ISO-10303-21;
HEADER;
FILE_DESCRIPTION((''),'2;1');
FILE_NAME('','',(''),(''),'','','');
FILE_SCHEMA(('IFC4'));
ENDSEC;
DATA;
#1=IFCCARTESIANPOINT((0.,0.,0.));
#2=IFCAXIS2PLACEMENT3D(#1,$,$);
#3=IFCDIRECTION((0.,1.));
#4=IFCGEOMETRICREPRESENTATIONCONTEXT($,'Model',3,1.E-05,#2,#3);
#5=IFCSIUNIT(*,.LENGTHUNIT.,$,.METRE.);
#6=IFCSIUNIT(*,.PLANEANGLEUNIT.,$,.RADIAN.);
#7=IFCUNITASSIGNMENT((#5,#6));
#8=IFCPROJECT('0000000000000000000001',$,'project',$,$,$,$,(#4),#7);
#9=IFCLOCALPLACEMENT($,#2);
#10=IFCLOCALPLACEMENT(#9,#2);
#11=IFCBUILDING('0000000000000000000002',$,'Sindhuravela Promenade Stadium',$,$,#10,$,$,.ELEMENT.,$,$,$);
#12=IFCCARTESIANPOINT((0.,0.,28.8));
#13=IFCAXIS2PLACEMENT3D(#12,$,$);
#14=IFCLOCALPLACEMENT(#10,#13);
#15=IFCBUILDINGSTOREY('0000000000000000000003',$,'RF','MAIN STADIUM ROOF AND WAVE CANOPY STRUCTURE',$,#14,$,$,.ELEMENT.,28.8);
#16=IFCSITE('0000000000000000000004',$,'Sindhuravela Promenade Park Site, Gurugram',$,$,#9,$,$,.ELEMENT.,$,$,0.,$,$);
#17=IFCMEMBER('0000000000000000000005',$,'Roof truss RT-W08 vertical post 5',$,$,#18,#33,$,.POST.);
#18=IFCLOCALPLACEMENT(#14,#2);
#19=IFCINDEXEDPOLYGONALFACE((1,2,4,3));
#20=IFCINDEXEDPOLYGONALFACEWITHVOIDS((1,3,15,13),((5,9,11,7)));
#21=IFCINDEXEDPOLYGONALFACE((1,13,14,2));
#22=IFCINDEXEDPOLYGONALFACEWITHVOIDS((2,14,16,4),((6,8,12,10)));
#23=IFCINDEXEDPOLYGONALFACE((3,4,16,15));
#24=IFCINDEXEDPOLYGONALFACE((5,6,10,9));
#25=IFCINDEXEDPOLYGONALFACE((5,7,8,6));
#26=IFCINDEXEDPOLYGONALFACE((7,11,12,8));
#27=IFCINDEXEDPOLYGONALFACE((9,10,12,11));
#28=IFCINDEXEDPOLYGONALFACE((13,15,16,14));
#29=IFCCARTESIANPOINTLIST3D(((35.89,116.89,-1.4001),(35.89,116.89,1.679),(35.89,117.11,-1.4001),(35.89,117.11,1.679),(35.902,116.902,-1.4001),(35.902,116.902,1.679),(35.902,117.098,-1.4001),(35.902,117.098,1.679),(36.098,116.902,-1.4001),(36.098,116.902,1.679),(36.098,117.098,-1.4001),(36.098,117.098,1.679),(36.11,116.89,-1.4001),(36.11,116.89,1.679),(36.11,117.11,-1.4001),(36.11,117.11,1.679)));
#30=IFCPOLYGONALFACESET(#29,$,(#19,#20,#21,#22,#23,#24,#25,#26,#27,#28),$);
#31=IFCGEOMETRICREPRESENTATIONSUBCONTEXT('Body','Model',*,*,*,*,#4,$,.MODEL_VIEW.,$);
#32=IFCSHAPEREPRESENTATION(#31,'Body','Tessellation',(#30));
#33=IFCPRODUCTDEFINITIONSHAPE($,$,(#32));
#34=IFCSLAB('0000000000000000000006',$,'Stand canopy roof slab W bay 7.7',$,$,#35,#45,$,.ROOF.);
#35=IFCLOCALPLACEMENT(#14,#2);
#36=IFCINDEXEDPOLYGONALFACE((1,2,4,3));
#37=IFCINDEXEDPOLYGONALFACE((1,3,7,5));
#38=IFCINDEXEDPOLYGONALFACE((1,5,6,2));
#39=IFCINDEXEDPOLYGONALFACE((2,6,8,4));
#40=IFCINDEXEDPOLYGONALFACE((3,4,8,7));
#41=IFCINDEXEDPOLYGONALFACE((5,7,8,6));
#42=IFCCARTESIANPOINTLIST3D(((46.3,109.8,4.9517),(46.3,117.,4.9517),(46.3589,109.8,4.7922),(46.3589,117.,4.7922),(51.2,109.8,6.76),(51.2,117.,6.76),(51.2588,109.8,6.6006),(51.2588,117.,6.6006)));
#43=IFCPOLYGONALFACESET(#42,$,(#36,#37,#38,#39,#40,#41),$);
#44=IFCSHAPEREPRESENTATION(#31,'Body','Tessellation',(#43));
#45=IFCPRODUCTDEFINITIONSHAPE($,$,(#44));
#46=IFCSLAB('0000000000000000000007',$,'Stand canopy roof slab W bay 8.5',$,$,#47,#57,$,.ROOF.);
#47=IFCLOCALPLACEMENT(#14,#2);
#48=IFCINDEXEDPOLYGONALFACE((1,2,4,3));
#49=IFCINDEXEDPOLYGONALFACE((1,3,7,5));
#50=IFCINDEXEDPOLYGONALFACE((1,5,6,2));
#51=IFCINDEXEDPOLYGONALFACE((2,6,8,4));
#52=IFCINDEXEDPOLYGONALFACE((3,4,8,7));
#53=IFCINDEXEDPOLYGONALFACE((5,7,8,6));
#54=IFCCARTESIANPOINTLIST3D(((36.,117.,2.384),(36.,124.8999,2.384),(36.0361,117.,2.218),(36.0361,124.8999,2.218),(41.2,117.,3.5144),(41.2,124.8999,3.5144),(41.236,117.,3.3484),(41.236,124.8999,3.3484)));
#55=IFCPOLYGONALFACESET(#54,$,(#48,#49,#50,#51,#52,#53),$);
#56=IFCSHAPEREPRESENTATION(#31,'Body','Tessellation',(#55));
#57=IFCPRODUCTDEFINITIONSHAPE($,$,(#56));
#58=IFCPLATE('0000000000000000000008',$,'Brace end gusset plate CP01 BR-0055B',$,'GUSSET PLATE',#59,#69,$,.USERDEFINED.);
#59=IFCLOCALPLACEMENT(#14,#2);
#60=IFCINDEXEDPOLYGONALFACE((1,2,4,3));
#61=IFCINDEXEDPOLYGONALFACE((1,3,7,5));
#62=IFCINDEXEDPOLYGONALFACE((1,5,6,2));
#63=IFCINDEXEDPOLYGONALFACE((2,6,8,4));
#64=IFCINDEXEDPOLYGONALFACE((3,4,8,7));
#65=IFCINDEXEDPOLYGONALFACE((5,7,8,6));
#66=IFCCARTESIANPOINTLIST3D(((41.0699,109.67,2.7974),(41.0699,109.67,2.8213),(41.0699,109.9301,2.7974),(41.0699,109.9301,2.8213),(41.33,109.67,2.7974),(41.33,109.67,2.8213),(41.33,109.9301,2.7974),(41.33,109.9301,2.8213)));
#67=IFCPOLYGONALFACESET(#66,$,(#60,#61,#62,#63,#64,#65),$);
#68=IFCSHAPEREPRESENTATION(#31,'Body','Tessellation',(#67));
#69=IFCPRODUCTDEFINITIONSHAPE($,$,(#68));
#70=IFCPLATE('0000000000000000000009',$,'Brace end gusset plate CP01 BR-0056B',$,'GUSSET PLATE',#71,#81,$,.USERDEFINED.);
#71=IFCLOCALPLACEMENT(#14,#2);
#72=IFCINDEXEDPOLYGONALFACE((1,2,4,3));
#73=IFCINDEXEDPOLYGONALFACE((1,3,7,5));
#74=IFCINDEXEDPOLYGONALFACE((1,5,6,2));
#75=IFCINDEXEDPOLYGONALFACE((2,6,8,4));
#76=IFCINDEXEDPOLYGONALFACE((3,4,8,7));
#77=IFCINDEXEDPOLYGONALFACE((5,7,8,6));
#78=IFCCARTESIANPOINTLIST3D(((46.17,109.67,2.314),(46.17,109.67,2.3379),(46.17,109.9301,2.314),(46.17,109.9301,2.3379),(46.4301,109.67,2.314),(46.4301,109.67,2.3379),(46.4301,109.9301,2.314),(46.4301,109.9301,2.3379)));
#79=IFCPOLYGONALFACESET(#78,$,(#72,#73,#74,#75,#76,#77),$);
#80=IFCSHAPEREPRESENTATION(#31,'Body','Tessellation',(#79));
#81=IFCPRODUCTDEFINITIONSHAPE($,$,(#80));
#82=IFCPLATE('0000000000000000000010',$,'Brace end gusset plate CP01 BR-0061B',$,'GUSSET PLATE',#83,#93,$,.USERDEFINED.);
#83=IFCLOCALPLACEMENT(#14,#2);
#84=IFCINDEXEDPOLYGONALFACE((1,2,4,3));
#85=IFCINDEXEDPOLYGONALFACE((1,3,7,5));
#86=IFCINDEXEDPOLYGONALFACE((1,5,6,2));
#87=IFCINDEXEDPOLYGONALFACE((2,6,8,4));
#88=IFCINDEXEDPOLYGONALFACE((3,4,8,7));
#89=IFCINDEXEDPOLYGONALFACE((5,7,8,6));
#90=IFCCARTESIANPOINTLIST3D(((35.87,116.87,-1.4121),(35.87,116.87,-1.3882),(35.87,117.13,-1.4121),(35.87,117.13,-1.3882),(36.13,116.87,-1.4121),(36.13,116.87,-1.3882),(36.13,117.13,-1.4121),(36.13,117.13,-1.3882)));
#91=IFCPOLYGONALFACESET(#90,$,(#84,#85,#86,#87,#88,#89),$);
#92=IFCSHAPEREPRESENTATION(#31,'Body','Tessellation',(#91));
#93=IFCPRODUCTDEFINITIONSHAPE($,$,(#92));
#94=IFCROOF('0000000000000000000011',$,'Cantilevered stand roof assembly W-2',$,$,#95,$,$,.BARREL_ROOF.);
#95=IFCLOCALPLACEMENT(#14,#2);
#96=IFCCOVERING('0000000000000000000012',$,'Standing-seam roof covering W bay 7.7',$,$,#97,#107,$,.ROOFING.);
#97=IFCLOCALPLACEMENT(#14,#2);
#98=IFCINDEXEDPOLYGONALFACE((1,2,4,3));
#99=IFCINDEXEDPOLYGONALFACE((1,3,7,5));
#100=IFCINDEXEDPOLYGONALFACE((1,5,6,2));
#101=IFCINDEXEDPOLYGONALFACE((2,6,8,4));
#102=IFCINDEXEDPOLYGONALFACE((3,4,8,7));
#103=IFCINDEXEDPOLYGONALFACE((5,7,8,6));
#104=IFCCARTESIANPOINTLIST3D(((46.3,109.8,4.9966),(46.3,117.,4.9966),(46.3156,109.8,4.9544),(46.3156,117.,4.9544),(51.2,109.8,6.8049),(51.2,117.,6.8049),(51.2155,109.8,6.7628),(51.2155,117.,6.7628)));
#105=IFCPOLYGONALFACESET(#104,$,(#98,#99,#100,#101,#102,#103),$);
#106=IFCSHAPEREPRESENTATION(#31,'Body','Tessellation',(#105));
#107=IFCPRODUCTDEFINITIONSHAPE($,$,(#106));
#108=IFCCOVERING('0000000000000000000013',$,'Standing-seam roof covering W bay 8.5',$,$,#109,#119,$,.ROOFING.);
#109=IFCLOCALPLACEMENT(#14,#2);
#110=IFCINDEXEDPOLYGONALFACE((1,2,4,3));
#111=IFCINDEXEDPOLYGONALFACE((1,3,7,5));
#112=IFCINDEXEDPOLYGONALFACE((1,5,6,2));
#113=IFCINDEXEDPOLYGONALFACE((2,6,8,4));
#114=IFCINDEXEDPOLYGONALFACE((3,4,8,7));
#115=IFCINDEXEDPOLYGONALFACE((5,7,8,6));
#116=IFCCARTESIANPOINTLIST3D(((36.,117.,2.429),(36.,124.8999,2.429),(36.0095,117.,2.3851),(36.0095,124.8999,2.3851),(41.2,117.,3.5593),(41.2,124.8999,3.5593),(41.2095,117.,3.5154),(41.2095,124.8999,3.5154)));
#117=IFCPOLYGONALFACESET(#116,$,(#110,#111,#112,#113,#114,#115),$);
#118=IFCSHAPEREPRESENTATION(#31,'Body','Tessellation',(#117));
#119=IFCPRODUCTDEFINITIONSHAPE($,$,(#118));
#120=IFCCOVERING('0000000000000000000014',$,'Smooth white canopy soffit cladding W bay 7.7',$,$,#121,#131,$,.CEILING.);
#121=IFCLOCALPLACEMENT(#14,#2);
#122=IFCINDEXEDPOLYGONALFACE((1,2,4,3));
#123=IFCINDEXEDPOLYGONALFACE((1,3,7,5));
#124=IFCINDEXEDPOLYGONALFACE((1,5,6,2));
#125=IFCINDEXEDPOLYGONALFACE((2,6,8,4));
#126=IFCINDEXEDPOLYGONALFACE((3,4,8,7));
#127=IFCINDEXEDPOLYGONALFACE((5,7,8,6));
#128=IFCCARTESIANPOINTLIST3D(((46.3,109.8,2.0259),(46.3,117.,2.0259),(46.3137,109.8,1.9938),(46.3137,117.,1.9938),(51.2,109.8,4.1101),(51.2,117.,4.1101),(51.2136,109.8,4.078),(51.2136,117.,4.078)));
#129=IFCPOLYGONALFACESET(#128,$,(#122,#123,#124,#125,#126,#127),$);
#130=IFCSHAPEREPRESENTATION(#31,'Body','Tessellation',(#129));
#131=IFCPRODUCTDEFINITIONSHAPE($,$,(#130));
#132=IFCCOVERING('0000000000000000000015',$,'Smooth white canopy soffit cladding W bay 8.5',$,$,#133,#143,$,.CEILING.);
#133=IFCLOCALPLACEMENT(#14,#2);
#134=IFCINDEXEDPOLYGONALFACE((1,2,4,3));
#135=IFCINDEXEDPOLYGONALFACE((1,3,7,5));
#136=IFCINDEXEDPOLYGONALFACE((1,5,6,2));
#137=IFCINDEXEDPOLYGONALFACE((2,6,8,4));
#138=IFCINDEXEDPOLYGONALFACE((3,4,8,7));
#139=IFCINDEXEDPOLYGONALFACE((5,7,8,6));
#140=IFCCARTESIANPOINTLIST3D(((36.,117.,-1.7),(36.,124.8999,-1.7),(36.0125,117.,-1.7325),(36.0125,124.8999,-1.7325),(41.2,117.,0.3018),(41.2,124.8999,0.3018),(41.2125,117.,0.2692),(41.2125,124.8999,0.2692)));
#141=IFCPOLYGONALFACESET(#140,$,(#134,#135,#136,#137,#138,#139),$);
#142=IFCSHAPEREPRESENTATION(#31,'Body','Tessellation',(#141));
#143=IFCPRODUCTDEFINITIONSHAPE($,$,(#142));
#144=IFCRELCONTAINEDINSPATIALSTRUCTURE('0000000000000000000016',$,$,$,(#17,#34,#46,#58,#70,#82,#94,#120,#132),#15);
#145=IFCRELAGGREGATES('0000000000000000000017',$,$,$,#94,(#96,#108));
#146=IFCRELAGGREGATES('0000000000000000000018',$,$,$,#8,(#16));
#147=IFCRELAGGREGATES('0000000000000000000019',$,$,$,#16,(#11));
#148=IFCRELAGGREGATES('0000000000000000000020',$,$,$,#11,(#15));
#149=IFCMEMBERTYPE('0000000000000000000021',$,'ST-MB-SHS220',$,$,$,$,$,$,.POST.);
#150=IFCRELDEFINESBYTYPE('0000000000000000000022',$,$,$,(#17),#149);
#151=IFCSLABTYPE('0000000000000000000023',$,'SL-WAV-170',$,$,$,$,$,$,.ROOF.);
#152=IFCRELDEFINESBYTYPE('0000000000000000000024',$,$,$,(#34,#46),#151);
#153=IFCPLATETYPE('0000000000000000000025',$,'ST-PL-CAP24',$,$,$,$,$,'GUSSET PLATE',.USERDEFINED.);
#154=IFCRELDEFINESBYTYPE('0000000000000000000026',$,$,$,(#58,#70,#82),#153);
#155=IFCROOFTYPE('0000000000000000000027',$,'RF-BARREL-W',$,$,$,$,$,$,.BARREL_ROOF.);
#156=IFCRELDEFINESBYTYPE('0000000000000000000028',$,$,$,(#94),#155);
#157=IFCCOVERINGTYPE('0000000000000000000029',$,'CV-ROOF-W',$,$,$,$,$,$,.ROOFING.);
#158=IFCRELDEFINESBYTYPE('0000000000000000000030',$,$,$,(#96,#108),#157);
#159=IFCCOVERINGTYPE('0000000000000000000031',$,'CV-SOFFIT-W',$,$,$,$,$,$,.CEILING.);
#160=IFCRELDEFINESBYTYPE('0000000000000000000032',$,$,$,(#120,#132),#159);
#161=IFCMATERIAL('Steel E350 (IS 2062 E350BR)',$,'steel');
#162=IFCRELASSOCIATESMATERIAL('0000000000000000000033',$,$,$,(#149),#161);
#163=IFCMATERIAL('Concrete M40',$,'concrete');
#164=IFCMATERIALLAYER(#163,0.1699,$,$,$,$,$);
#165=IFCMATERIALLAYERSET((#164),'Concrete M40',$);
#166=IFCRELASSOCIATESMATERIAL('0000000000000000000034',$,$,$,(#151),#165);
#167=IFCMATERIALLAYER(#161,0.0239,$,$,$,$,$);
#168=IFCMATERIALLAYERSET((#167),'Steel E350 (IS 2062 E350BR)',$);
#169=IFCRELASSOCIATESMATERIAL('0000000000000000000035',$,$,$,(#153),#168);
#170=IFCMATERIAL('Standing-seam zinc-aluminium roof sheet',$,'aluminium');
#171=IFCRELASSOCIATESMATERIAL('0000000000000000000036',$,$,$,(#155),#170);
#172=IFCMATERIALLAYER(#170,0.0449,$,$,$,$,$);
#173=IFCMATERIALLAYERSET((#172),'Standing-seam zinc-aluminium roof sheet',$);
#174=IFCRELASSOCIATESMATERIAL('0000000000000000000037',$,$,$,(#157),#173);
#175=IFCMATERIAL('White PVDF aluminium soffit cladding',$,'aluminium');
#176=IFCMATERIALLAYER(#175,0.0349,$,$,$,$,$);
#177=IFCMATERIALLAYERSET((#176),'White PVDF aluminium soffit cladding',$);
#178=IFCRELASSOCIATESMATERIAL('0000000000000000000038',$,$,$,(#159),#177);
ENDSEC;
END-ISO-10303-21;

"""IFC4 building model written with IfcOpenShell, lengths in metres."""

from ifc_helpers import new_model, si_unit, direction, frame, origin, origin_2d, place, context, subcontext, project, spatial, polyline, rectangle, hollow_rectangle, outline, extrude, material, layer, layer_set, material_profile, profile_set, type_object, element, aggregate, save


model = new_model("IFC4")

# Units and contexts
model_context = context("Model", 3, precision=1e-05, world=origin(), true_north=direction((0.0, 1.0)))
body_context = subcontext(model_context, "Body", "Model", "MODEL_VIEW")
ifc_project = project(units=[si_unit("LENGTHUNIT", "METRE"), si_unit("PLANEANGLEUNIT", "RADIAN")], contexts=[model_context])

# Site, building, storey
site_placement = place(None, origin())
site = spatial("IfcSite", under=ifc_project, at=site_placement, Name="Sindhuravela Promenade Park Site, Gurugram", CompositionType="ELEMENT", RefElevation=0.0)
building_placement = place(site_placement, origin())
building = spatial("IfcBuilding", under=site, at=building_placement, Name="Sindhuravela Promenade Stadium", CompositionType="ELEMENT")
storey_placement = place(building_placement, frame((0.0, 0.0, 28.8)))
storey = spatial("IfcBuildingStorey", under=building, at=storey_placement, Name="RF", Description="MAIN STADIUM ROOF AND WAVE CANOPY STRUCTURE", CompositionType="ELEMENT", Elevation=28.8)

# Shared definitions
ifc_material_1 = material(Name="Concrete M40", Category="concrete")
ifc_material_2 = material(Name="Steel E350 (IS 2062 E350BR)", Category="steel")

# Member
ifc_material_profile_1 = material_profile(ifc_material_2, hollow_rectangle(XDim=0.22, YDim=0.22, WallThickness=0.012, at=origin_2d()), Name="SHS 220x220x12")
ifc_profile_set_1 = profile_set([ifc_material_profile_1], Name="Steel E350 (IS 2062 E350BR)")
member_type_1 = type_object("IfcMemberType", Name="ST-MB-SHS220", PredefinedType="POST", material=ifc_profile_set_1)
member_1_placement = place(storey_placement, frame((36.0, 117.0, -1.4001), z_axis=(0.0, 0.0, 1.0), x_axis=(1.0, 0.0, 0.0)))
element("IfcMember", 1, at=member_1_placement, inside=storey, type_object=member_type_1, Name="Roof truss RT-W08 vertical post 5", PredefinedType="POST", context=body_context, shape_type="SweptSolid", body=[
    extrude(hollow_rectangle(XDim=0.22, YDim=0.22, WallThickness=0.012, at=origin_2d()), origin(), (0.0, 0.0, 1.0), 3.0791),
])

# Slabs
ifc_layer_1 = layer(ifc_material_1, 0.1699)
ifc_layer_set_1 = layer_set([ifc_layer_1], Name="Concrete M40")
slab_type = type_object("IfcSlabType", Name="SL-WAV-170", PredefinedType="ROOF", material=ifc_layer_set_1)
slab_1_placement = place(storey_placement, frame((46.3, 109.8, 4.9517), z_axis=(-0.346232, 0.0, 0.938149), x_axis=(0.0, 1.0, 0.0)))
element("IfcSlab", 2, at=slab_1_placement, inside=storey, type_object=slab_type, Name="Stand canopy roof slab W bay 7.7", PredefinedType="ROOF", context=body_context, shape_type="SweptSolid", body=[
    extrude(outline(polyline([(0.0, 0.0), (0.0, -5.2229), (7.2, -5.2229), (7.2, 0.0), (0.0, 0.0)])), origin(), (0.0, 0.0, -1.0), 0.1699),
])
slab_2_placement = place(storey_placement, frame((36.0, 117.0, 2.384), z_axis=(-0.21242, 0.0, 0.977178), x_axis=(0.0, 1.0, 0.0)))
element("IfcSlab", 3, at=slab_2_placement, inside=storey, type_object=slab_type, Name="Stand canopy roof slab W bay 8.5", PredefinedType="ROOF", context=body_context, shape_type="SweptSolid", body=[
    extrude(outline(polyline([(0.0, 0.0), (0.0, -5.3214), (7.8999, -5.3214), (7.8999, 0.0), (0.0, 0.0)])), origin(), (0.0, 0.0, -1.0), 0.1699),
])

# Plates
ifc_layer_2 = layer(ifc_material_2, 0.0239)
ifc_layer_set_2 = layer_set([ifc_layer_2], Name="Steel E350 (IS 2062 E350BR)")
plate_type = type_object("IfcPlateType", Name="ST-PL-CAP24", ElementType="GUSSET PLATE", PredefinedType="USERDEFINED", material=ifc_layer_set_2)
for number, where, z_axis, x_axis, name in (
    (4, (41.2, 109.8, 2.7974), (0.0, 0.0, 1.0), (1.0, 0.0, 0.0), "Brace end gusset plate CP01 BR-0055B"),
    (5, (46.3, 109.8, 2.314), (0.0, 0.0, 1.0), (1.0, 0.0, 0.0), "Brace end gusset plate CP01 BR-0056B"),
    (6, (36.0, 117.0, -1.4121), (0.0, 0.0, 1.0), (1.0, 0.0, 0.0), "Brace end gusset plate CP01 BR-0061B"),
):
    element("IfcPlate", number, at=place(storey_placement, frame(where, z_axis=z_axis, x_axis=x_axis)), inside=storey, type_object=plate_type, Name=name, ObjectType="GUSSET PLATE", PredefinedType="USERDEFINED", context=body_context, shape_type="SweptSolid", body=[
        extrude(rectangle(XDim=0.26, YDim=0.26, at=origin_2d()), origin(), (0.0, 0.0, 1.0), 0.0239),
    ])

# Roof, coverings
ifc_material_3 = material(Name="Standing-seam zinc-aluminium roof sheet", Category="aluminium")
roof_type = type_object("IfcRoofType", Name="RF-BARREL-W", PredefinedType="BARREL_ROOF", material=ifc_material_3)
roof_placement = place(storey_placement, origin())
roof = element("IfcRoof", 7, at=roof_placement, inside=storey, type_object=roof_type, Name="Cantilevered stand roof assembly W-2", PredefinedType="BARREL_ROOF")
ifc_layer_3 = layer(ifc_material_3, 0.0449)
ifc_layer_set_3 = layer_set([ifc_layer_3], Name="Standing-seam zinc-aluminium roof sheet")
covering_type_1 = type_object("IfcCoveringType", Name="CV-ROOF-W", PredefinedType="ROOFING", material=ifc_layer_set_3)
covering_1_placement = place(storey_placement, frame((46.3, 109.8, 4.9966), z_axis=(-0.346232, 0.0, 0.938149), x_axis=(0.0, 1.0, 0.0)))
covering_1 = element("IfcCovering", 8, at=covering_1_placement, type_object=covering_type_1, Name="Standing-seam roof covering W bay 7.7", PredefinedType="ROOFING", context=body_context, shape_type="SweptSolid", body=[
    extrude(outline(polyline([(0.0, 0.0), (0.0, -5.2229), (7.2, -5.2229), (7.2, 0.0), (0.0, 0.0)])), origin(), (0.0, 0.0, -1.0), 0.0449),
])
covering_2_placement = place(storey_placement, frame((36.0, 117.0, 2.429), z_axis=(-0.21242, 0.0, 0.977178), x_axis=(0.0, 1.0, 0.0)))
covering_2 = element("IfcCovering", 9, at=covering_2_placement, type_object=covering_type_1, Name="Standing-seam roof covering W bay 8.5", PredefinedType="ROOFING", context=body_context, shape_type="SweptSolid", body=[
    extrude(outline(polyline([(0.0, 0.0), (0.0, -5.3214), (7.8999, -5.3214), (7.8999, 0.0), (0.0, 0.0)])), origin(), (0.0, 0.0, -1.0), 0.0449),
])
aggregate(roof, [covering_1, covering_2])

# Coverings
ifc_material_4 = material(Name="White PVDF aluminium soffit cladding", Category="aluminium")
ifc_layer_4 = layer(ifc_material_4, 0.0349)
ifc_layer_set_4 = layer_set([ifc_layer_4], Name="White PVDF aluminium soffit cladding")
covering_type_2 = type_object("IfcCoveringType", Name="CV-SOFFIT-W", PredefinedType="CEILING", material=ifc_layer_set_4)
covering_3_placement = place(storey_placement, frame((46.3, 109.8, 2.0259), z_axis=(-0.391422, 0.0, 0.920211), x_axis=(0.0, 1.0, 0.0)))
element("IfcCovering", 10, at=covering_3_placement, inside=storey, type_object=covering_type_2, Name="Smooth white canopy soffit cladding W bay 7.7", PredefinedType="CEILING", context=body_context, shape_type="SweptSolid", body=[
    extrude(outline(polyline([(0.0, 0.0), (0.0, -5.3248), (7.2, -5.3248), (7.2, 0.0), (0.0, 0.0)])), origin(), (0.0, 0.0, -1.0), 0.0349),
])
covering_4_placement = place(storey_placement, frame((36.0, 117.0, -1.7), z_axis=(-0.359249, 0.0, 0.933242), x_axis=(0.0, 1.0, 0.0)))
element("IfcCovering", 11, at=covering_4_placement, inside=storey, type_object=covering_type_2, Name="Smooth white canopy soffit cladding W bay 8.5", PredefinedType="CEILING", context=body_context, shape_type="SweptSolid", body=[
    extrude(outline(polyline([(0.0, 0.0), (0.0, -5.5719), (7.8999, -5.5719), (7.8999, 0.0), (0.0, 0.0)])), origin(), (0.0, 0.0, -1.0), 0.0349),
])

save(model, "model.ifc")
